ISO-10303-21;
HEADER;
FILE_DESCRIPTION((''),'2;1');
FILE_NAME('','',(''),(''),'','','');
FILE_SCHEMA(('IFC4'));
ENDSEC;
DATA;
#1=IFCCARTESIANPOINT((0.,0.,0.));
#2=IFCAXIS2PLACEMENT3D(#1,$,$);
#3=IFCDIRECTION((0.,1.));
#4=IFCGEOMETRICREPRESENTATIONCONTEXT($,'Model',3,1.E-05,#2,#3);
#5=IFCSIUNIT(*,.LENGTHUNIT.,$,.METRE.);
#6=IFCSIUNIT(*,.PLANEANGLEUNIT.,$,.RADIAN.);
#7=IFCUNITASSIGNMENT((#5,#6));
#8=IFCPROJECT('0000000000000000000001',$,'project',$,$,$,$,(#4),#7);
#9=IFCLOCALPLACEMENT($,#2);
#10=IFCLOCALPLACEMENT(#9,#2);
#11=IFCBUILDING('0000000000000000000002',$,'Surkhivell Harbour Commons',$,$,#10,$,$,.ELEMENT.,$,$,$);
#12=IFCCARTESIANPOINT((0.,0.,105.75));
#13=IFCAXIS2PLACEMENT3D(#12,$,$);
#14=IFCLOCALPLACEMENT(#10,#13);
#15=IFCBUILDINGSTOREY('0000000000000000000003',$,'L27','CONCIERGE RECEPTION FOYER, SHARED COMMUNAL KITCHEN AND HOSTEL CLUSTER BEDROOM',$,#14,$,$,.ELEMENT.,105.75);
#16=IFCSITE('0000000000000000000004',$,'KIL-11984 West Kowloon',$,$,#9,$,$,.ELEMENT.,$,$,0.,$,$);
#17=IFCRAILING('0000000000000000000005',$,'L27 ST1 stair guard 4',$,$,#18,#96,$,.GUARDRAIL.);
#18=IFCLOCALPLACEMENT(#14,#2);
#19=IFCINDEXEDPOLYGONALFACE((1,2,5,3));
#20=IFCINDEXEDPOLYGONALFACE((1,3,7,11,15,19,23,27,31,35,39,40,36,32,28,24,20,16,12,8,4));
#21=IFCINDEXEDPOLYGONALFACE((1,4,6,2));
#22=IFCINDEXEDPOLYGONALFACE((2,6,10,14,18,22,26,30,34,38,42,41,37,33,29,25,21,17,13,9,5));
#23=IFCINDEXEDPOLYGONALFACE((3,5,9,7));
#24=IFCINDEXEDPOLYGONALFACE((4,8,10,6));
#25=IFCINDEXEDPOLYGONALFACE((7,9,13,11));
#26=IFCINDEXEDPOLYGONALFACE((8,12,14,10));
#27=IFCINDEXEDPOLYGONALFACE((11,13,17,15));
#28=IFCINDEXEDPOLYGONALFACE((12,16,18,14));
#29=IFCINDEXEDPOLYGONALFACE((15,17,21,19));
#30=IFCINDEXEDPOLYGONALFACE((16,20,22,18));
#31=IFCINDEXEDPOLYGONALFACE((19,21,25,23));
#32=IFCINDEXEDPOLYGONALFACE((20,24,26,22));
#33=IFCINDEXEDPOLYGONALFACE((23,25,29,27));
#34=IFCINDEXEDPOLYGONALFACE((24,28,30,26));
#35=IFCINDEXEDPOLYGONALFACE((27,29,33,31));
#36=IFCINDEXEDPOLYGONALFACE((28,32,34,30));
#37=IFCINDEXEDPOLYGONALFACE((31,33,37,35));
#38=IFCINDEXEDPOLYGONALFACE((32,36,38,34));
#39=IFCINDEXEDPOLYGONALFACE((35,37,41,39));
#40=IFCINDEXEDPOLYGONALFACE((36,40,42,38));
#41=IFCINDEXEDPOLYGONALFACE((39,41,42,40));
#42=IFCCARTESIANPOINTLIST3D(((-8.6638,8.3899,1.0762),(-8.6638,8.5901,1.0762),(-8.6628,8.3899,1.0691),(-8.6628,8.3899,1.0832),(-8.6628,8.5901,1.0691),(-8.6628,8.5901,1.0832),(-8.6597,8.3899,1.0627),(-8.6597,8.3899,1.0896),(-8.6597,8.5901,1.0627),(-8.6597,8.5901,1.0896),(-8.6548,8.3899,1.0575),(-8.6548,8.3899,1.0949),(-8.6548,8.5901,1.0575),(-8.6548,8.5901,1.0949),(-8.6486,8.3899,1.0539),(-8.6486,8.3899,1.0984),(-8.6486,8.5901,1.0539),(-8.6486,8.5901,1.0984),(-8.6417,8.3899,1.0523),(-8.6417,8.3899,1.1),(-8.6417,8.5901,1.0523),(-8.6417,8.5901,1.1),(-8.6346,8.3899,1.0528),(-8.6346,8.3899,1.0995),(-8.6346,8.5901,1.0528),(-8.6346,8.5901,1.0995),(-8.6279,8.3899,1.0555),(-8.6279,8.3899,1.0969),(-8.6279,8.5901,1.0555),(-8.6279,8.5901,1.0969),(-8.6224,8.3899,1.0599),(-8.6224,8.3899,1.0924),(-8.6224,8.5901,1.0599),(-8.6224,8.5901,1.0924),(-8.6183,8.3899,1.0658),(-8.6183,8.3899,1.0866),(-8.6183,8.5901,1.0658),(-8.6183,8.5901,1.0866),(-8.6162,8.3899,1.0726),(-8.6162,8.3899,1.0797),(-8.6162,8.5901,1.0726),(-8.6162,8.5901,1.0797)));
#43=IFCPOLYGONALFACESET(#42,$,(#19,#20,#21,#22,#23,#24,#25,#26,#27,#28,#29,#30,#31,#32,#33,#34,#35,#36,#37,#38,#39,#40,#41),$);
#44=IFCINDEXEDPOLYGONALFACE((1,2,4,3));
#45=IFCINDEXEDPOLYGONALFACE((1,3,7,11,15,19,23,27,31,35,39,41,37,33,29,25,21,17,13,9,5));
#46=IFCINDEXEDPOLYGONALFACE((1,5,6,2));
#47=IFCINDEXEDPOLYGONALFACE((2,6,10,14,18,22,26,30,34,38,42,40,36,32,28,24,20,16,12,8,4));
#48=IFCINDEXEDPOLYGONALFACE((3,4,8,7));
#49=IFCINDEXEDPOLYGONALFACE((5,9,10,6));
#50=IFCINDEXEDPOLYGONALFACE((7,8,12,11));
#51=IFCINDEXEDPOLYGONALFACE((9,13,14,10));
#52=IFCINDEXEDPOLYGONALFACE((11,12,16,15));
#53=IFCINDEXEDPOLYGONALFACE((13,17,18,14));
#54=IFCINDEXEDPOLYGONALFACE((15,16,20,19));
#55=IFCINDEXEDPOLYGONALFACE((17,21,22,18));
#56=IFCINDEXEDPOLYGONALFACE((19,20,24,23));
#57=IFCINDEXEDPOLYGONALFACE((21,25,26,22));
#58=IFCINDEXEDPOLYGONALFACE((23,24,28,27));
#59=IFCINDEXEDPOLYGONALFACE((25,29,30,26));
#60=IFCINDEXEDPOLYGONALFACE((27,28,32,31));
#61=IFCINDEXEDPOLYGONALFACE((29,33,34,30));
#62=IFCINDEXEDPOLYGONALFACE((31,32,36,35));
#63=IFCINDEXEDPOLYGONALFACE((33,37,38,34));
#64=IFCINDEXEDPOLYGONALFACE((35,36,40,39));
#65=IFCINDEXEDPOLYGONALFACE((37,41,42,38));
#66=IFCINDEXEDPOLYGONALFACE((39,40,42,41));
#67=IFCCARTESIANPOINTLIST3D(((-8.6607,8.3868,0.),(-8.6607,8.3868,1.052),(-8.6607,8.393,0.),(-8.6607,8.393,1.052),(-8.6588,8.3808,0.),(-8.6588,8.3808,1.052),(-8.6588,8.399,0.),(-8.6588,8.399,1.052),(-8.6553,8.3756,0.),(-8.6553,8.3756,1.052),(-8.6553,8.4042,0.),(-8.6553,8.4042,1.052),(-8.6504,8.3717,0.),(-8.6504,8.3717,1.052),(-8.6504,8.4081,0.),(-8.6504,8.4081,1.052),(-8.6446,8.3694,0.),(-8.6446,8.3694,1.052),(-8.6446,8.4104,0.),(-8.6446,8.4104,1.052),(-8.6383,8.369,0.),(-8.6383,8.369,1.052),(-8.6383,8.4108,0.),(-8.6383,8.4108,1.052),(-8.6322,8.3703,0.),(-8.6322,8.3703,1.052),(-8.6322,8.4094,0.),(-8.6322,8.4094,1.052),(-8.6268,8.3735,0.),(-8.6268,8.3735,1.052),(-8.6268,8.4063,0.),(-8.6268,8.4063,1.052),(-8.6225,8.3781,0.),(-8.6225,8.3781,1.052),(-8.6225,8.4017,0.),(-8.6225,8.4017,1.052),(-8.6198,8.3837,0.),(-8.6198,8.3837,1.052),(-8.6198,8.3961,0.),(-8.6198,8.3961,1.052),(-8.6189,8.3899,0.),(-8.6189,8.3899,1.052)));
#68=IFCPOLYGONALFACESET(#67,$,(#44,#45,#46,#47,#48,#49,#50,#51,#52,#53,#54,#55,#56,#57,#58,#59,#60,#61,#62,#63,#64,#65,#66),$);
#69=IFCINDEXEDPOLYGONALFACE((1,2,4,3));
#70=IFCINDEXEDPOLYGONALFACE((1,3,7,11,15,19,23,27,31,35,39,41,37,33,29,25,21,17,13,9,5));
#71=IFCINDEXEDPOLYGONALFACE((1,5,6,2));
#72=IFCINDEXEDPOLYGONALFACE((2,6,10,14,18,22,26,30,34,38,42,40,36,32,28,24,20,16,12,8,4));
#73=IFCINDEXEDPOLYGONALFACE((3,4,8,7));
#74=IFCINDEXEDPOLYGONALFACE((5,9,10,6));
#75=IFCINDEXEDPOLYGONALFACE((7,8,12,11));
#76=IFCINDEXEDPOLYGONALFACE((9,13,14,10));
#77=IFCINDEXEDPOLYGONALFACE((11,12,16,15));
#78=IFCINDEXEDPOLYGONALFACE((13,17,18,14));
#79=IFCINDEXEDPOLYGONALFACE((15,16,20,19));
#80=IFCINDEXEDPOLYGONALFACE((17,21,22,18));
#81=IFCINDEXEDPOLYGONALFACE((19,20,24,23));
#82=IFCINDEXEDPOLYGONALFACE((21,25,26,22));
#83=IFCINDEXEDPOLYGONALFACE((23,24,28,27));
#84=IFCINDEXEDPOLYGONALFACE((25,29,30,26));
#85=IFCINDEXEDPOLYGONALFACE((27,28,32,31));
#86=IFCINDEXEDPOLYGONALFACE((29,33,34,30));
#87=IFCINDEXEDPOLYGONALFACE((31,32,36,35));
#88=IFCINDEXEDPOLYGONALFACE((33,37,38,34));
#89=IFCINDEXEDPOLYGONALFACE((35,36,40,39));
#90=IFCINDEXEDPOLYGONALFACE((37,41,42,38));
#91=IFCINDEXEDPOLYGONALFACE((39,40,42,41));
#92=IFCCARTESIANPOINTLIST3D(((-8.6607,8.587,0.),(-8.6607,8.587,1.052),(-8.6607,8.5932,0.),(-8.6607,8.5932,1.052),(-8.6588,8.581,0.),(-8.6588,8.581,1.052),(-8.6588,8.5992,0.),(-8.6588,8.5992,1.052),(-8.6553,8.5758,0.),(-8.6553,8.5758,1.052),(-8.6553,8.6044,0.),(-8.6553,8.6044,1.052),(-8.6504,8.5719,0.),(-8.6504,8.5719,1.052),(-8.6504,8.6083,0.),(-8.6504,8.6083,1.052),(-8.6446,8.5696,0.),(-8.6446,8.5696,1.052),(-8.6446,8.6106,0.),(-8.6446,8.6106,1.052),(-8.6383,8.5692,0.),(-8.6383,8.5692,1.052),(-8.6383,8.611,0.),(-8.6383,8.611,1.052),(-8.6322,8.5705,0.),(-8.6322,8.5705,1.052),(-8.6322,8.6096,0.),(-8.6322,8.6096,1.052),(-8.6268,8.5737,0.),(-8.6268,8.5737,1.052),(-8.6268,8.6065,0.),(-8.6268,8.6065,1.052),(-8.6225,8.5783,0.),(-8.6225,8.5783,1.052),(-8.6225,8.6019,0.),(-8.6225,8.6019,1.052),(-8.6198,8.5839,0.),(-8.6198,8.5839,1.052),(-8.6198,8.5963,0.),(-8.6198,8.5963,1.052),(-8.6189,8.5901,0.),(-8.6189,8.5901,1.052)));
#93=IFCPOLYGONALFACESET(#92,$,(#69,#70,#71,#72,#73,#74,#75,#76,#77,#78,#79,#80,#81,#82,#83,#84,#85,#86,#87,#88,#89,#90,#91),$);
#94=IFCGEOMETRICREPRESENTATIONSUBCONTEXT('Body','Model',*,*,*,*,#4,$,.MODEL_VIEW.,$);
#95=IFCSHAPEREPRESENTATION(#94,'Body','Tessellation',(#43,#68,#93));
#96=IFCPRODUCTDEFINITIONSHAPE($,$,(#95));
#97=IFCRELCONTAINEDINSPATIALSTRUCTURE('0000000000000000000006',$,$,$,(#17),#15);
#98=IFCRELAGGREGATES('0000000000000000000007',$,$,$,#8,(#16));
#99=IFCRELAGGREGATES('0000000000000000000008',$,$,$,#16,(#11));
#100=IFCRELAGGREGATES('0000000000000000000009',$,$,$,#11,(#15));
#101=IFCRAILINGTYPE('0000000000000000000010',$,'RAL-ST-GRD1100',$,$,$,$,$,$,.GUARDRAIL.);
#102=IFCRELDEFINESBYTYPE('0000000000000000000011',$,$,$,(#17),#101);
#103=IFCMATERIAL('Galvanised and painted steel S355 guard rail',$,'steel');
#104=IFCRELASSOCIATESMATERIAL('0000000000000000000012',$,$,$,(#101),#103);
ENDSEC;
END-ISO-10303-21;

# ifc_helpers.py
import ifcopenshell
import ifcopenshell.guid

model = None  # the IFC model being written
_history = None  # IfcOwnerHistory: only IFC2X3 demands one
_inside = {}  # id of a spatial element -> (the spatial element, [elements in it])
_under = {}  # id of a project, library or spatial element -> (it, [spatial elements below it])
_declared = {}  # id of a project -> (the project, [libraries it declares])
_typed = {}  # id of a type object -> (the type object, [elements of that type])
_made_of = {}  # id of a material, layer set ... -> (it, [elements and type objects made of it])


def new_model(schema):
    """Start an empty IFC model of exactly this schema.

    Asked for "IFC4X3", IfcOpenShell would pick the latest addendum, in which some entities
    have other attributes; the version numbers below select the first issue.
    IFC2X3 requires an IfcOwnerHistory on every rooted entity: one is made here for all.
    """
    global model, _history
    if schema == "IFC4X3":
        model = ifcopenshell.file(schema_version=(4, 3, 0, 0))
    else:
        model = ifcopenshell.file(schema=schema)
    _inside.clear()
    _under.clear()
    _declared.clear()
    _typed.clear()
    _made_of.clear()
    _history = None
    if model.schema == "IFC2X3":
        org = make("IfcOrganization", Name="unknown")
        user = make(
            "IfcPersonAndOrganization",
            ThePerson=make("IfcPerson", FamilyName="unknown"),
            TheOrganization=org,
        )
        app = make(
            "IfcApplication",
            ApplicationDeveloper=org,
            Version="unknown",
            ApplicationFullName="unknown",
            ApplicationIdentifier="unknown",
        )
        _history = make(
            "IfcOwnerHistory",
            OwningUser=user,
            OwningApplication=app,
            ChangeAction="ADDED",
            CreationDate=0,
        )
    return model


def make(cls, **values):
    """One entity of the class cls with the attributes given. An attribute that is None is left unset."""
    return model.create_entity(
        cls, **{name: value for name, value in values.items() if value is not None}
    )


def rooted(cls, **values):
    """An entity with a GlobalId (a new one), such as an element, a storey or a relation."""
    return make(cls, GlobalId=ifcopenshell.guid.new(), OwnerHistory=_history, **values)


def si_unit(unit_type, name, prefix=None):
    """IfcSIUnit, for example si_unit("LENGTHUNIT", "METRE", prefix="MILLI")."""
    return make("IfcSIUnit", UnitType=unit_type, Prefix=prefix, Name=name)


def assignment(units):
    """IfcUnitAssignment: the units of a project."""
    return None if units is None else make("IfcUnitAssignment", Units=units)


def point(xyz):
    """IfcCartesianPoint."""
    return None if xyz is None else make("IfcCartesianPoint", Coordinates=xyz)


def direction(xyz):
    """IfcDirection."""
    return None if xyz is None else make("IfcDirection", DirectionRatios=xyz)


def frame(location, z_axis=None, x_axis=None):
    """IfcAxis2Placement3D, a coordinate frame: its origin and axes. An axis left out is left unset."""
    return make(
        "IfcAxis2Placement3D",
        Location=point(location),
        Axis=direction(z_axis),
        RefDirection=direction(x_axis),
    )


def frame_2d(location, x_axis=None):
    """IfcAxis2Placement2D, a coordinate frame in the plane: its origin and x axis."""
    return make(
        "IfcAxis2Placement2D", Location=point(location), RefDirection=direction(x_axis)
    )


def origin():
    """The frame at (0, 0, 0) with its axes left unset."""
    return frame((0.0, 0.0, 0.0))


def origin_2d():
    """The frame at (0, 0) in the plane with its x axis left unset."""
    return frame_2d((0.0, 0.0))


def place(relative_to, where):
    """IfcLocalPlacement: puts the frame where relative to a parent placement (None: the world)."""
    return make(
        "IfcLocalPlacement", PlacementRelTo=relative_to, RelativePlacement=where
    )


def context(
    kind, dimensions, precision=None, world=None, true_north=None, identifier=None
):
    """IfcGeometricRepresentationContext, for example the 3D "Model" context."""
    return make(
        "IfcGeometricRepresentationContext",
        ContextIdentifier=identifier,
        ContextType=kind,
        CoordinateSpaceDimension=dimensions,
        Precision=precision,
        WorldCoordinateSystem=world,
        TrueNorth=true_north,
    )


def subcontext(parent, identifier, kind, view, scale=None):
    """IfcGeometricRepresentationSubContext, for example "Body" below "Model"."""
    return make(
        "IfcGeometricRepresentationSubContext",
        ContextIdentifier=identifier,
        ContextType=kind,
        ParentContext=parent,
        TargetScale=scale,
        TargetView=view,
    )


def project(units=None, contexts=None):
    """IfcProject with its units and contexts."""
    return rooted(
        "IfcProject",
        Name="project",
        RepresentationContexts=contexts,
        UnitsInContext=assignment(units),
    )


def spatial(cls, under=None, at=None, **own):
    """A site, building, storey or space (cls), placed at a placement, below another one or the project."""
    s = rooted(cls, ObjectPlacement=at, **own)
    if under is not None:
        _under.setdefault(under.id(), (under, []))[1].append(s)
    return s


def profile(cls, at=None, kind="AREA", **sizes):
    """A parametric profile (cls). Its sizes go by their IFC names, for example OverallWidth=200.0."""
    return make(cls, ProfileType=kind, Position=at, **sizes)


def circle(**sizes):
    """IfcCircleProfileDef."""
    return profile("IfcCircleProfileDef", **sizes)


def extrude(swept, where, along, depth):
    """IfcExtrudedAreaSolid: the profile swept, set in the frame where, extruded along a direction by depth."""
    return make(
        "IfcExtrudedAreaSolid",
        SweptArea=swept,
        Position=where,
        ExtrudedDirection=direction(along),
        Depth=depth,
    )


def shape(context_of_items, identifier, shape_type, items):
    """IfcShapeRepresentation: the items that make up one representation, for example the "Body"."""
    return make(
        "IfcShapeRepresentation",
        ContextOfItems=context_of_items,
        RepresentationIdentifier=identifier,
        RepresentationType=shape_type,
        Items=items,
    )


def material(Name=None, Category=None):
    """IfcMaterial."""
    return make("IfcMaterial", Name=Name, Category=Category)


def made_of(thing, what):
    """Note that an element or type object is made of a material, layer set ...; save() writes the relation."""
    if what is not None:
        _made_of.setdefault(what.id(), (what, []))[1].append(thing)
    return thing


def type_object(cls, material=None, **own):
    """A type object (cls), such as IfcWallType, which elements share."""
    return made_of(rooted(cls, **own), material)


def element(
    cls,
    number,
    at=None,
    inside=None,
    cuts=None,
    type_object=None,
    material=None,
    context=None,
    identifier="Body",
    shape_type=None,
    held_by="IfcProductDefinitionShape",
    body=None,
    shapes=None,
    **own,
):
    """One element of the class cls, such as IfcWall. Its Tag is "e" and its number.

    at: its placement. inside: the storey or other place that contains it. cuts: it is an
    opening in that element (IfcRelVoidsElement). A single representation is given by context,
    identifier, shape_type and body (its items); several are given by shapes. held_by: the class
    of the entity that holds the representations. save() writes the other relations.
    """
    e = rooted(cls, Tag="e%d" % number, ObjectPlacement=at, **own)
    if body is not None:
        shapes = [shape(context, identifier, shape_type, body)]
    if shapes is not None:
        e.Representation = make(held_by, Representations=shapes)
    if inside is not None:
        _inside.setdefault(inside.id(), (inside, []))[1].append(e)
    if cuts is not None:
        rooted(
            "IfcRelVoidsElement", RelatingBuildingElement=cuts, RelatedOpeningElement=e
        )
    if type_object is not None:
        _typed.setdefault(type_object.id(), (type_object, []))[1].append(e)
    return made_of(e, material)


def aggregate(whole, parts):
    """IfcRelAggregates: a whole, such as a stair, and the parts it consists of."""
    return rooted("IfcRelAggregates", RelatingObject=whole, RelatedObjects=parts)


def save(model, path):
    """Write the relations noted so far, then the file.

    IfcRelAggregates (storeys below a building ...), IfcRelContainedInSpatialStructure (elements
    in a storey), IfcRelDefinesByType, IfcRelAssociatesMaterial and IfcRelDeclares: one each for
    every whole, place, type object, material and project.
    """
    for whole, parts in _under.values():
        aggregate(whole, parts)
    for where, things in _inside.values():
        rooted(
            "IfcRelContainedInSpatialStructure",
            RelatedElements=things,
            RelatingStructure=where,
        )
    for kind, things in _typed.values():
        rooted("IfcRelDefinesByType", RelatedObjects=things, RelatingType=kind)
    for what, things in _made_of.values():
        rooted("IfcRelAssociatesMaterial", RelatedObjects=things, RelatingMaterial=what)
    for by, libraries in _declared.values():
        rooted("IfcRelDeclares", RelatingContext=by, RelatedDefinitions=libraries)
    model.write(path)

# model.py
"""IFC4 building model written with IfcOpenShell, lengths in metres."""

from ifc_helpers import new_model, si_unit, direction, frame, origin, origin_2d, place, context, subcontext, project, spatial, circle, extrude, material, type_object, element, save


model = new_model("IFC4")

# Units and contexts
model_context = context("Model", 3, precision=1e-05, world=origin(), true_north=direction((0.0, 1.0)))
body_context = subcontext(model_context, "Body", "Model", "MODEL_VIEW")
ifc_project = project(units=[si_unit("LENGTHUNIT", "METRE"), si_unit("PLANEANGLEUNIT", "RADIAN")], contexts=[model_context])

# Site, building, storey
site_placement = place(None, origin())
site = spatial("IfcSite", under=ifc_project, at=site_placement, Name="KIL-11984 West Kowloon", CompositionType="ELEMENT", RefElevation=0.0)
building_placement = place(site_placement, origin())
building = spatial("IfcBuilding", under=site, at=building_placement, Name="Surkhivell Harbour Commons", CompositionType="ELEMENT")
storey_placement = place(building_placement, frame((0.0, 0.0, 105.75)))
storey = spatial("IfcBuildingStorey", under=building, at=storey_placement, Name="L27", Description="CONCIERGE RECEPTION FOYER, SHARED COMMUNAL KITCHEN AND HOSTEL CLUSTER BEDROOM", CompositionType="ELEMENT", Elevation=105.75)

# Railing
ifc_material_1 = material(Name="Galvanised and painted steel S355 guard rail", Category="steel")
railing_type_1 = type_object("IfcRailingType", Name="RAL-ST-GRD1100", PredefinedType="GUARDRAIL", material=ifc_material_1)
railing_1_placement = place(storey_placement, frame((-8.6399, 8.3899, 0.0)))
element("IfcRailing", 1, at=railing_1_placement, inside=storey, type_object=railing_type_1, Name="L27 ST1 stair guard 4", PredefinedType="GUARDRAIL", context=body_context, shape_type="SweptSolid", body=[
    extrude(circle(Radius=0.0239, at=origin_2d()), frame((0.0, 0.0, 1.0762), z_axis=(0.0, 1.0, 0.0), x_axis=(-1.0, 0.0, 0.0)), (0.0, 0.0, 1.0), 0.2002),
    extrude(circle(Radius=0.021, at=origin_2d()), origin(), (0.0, 0.0, 1.0), 1.052),
    extrude(circle(Radius=0.021, at=origin_2d()), frame((0.0, 0.2002, 0.0)), (0.0, 0.0, 1.0), 1.052),
])

save(model, "model.ifc")
